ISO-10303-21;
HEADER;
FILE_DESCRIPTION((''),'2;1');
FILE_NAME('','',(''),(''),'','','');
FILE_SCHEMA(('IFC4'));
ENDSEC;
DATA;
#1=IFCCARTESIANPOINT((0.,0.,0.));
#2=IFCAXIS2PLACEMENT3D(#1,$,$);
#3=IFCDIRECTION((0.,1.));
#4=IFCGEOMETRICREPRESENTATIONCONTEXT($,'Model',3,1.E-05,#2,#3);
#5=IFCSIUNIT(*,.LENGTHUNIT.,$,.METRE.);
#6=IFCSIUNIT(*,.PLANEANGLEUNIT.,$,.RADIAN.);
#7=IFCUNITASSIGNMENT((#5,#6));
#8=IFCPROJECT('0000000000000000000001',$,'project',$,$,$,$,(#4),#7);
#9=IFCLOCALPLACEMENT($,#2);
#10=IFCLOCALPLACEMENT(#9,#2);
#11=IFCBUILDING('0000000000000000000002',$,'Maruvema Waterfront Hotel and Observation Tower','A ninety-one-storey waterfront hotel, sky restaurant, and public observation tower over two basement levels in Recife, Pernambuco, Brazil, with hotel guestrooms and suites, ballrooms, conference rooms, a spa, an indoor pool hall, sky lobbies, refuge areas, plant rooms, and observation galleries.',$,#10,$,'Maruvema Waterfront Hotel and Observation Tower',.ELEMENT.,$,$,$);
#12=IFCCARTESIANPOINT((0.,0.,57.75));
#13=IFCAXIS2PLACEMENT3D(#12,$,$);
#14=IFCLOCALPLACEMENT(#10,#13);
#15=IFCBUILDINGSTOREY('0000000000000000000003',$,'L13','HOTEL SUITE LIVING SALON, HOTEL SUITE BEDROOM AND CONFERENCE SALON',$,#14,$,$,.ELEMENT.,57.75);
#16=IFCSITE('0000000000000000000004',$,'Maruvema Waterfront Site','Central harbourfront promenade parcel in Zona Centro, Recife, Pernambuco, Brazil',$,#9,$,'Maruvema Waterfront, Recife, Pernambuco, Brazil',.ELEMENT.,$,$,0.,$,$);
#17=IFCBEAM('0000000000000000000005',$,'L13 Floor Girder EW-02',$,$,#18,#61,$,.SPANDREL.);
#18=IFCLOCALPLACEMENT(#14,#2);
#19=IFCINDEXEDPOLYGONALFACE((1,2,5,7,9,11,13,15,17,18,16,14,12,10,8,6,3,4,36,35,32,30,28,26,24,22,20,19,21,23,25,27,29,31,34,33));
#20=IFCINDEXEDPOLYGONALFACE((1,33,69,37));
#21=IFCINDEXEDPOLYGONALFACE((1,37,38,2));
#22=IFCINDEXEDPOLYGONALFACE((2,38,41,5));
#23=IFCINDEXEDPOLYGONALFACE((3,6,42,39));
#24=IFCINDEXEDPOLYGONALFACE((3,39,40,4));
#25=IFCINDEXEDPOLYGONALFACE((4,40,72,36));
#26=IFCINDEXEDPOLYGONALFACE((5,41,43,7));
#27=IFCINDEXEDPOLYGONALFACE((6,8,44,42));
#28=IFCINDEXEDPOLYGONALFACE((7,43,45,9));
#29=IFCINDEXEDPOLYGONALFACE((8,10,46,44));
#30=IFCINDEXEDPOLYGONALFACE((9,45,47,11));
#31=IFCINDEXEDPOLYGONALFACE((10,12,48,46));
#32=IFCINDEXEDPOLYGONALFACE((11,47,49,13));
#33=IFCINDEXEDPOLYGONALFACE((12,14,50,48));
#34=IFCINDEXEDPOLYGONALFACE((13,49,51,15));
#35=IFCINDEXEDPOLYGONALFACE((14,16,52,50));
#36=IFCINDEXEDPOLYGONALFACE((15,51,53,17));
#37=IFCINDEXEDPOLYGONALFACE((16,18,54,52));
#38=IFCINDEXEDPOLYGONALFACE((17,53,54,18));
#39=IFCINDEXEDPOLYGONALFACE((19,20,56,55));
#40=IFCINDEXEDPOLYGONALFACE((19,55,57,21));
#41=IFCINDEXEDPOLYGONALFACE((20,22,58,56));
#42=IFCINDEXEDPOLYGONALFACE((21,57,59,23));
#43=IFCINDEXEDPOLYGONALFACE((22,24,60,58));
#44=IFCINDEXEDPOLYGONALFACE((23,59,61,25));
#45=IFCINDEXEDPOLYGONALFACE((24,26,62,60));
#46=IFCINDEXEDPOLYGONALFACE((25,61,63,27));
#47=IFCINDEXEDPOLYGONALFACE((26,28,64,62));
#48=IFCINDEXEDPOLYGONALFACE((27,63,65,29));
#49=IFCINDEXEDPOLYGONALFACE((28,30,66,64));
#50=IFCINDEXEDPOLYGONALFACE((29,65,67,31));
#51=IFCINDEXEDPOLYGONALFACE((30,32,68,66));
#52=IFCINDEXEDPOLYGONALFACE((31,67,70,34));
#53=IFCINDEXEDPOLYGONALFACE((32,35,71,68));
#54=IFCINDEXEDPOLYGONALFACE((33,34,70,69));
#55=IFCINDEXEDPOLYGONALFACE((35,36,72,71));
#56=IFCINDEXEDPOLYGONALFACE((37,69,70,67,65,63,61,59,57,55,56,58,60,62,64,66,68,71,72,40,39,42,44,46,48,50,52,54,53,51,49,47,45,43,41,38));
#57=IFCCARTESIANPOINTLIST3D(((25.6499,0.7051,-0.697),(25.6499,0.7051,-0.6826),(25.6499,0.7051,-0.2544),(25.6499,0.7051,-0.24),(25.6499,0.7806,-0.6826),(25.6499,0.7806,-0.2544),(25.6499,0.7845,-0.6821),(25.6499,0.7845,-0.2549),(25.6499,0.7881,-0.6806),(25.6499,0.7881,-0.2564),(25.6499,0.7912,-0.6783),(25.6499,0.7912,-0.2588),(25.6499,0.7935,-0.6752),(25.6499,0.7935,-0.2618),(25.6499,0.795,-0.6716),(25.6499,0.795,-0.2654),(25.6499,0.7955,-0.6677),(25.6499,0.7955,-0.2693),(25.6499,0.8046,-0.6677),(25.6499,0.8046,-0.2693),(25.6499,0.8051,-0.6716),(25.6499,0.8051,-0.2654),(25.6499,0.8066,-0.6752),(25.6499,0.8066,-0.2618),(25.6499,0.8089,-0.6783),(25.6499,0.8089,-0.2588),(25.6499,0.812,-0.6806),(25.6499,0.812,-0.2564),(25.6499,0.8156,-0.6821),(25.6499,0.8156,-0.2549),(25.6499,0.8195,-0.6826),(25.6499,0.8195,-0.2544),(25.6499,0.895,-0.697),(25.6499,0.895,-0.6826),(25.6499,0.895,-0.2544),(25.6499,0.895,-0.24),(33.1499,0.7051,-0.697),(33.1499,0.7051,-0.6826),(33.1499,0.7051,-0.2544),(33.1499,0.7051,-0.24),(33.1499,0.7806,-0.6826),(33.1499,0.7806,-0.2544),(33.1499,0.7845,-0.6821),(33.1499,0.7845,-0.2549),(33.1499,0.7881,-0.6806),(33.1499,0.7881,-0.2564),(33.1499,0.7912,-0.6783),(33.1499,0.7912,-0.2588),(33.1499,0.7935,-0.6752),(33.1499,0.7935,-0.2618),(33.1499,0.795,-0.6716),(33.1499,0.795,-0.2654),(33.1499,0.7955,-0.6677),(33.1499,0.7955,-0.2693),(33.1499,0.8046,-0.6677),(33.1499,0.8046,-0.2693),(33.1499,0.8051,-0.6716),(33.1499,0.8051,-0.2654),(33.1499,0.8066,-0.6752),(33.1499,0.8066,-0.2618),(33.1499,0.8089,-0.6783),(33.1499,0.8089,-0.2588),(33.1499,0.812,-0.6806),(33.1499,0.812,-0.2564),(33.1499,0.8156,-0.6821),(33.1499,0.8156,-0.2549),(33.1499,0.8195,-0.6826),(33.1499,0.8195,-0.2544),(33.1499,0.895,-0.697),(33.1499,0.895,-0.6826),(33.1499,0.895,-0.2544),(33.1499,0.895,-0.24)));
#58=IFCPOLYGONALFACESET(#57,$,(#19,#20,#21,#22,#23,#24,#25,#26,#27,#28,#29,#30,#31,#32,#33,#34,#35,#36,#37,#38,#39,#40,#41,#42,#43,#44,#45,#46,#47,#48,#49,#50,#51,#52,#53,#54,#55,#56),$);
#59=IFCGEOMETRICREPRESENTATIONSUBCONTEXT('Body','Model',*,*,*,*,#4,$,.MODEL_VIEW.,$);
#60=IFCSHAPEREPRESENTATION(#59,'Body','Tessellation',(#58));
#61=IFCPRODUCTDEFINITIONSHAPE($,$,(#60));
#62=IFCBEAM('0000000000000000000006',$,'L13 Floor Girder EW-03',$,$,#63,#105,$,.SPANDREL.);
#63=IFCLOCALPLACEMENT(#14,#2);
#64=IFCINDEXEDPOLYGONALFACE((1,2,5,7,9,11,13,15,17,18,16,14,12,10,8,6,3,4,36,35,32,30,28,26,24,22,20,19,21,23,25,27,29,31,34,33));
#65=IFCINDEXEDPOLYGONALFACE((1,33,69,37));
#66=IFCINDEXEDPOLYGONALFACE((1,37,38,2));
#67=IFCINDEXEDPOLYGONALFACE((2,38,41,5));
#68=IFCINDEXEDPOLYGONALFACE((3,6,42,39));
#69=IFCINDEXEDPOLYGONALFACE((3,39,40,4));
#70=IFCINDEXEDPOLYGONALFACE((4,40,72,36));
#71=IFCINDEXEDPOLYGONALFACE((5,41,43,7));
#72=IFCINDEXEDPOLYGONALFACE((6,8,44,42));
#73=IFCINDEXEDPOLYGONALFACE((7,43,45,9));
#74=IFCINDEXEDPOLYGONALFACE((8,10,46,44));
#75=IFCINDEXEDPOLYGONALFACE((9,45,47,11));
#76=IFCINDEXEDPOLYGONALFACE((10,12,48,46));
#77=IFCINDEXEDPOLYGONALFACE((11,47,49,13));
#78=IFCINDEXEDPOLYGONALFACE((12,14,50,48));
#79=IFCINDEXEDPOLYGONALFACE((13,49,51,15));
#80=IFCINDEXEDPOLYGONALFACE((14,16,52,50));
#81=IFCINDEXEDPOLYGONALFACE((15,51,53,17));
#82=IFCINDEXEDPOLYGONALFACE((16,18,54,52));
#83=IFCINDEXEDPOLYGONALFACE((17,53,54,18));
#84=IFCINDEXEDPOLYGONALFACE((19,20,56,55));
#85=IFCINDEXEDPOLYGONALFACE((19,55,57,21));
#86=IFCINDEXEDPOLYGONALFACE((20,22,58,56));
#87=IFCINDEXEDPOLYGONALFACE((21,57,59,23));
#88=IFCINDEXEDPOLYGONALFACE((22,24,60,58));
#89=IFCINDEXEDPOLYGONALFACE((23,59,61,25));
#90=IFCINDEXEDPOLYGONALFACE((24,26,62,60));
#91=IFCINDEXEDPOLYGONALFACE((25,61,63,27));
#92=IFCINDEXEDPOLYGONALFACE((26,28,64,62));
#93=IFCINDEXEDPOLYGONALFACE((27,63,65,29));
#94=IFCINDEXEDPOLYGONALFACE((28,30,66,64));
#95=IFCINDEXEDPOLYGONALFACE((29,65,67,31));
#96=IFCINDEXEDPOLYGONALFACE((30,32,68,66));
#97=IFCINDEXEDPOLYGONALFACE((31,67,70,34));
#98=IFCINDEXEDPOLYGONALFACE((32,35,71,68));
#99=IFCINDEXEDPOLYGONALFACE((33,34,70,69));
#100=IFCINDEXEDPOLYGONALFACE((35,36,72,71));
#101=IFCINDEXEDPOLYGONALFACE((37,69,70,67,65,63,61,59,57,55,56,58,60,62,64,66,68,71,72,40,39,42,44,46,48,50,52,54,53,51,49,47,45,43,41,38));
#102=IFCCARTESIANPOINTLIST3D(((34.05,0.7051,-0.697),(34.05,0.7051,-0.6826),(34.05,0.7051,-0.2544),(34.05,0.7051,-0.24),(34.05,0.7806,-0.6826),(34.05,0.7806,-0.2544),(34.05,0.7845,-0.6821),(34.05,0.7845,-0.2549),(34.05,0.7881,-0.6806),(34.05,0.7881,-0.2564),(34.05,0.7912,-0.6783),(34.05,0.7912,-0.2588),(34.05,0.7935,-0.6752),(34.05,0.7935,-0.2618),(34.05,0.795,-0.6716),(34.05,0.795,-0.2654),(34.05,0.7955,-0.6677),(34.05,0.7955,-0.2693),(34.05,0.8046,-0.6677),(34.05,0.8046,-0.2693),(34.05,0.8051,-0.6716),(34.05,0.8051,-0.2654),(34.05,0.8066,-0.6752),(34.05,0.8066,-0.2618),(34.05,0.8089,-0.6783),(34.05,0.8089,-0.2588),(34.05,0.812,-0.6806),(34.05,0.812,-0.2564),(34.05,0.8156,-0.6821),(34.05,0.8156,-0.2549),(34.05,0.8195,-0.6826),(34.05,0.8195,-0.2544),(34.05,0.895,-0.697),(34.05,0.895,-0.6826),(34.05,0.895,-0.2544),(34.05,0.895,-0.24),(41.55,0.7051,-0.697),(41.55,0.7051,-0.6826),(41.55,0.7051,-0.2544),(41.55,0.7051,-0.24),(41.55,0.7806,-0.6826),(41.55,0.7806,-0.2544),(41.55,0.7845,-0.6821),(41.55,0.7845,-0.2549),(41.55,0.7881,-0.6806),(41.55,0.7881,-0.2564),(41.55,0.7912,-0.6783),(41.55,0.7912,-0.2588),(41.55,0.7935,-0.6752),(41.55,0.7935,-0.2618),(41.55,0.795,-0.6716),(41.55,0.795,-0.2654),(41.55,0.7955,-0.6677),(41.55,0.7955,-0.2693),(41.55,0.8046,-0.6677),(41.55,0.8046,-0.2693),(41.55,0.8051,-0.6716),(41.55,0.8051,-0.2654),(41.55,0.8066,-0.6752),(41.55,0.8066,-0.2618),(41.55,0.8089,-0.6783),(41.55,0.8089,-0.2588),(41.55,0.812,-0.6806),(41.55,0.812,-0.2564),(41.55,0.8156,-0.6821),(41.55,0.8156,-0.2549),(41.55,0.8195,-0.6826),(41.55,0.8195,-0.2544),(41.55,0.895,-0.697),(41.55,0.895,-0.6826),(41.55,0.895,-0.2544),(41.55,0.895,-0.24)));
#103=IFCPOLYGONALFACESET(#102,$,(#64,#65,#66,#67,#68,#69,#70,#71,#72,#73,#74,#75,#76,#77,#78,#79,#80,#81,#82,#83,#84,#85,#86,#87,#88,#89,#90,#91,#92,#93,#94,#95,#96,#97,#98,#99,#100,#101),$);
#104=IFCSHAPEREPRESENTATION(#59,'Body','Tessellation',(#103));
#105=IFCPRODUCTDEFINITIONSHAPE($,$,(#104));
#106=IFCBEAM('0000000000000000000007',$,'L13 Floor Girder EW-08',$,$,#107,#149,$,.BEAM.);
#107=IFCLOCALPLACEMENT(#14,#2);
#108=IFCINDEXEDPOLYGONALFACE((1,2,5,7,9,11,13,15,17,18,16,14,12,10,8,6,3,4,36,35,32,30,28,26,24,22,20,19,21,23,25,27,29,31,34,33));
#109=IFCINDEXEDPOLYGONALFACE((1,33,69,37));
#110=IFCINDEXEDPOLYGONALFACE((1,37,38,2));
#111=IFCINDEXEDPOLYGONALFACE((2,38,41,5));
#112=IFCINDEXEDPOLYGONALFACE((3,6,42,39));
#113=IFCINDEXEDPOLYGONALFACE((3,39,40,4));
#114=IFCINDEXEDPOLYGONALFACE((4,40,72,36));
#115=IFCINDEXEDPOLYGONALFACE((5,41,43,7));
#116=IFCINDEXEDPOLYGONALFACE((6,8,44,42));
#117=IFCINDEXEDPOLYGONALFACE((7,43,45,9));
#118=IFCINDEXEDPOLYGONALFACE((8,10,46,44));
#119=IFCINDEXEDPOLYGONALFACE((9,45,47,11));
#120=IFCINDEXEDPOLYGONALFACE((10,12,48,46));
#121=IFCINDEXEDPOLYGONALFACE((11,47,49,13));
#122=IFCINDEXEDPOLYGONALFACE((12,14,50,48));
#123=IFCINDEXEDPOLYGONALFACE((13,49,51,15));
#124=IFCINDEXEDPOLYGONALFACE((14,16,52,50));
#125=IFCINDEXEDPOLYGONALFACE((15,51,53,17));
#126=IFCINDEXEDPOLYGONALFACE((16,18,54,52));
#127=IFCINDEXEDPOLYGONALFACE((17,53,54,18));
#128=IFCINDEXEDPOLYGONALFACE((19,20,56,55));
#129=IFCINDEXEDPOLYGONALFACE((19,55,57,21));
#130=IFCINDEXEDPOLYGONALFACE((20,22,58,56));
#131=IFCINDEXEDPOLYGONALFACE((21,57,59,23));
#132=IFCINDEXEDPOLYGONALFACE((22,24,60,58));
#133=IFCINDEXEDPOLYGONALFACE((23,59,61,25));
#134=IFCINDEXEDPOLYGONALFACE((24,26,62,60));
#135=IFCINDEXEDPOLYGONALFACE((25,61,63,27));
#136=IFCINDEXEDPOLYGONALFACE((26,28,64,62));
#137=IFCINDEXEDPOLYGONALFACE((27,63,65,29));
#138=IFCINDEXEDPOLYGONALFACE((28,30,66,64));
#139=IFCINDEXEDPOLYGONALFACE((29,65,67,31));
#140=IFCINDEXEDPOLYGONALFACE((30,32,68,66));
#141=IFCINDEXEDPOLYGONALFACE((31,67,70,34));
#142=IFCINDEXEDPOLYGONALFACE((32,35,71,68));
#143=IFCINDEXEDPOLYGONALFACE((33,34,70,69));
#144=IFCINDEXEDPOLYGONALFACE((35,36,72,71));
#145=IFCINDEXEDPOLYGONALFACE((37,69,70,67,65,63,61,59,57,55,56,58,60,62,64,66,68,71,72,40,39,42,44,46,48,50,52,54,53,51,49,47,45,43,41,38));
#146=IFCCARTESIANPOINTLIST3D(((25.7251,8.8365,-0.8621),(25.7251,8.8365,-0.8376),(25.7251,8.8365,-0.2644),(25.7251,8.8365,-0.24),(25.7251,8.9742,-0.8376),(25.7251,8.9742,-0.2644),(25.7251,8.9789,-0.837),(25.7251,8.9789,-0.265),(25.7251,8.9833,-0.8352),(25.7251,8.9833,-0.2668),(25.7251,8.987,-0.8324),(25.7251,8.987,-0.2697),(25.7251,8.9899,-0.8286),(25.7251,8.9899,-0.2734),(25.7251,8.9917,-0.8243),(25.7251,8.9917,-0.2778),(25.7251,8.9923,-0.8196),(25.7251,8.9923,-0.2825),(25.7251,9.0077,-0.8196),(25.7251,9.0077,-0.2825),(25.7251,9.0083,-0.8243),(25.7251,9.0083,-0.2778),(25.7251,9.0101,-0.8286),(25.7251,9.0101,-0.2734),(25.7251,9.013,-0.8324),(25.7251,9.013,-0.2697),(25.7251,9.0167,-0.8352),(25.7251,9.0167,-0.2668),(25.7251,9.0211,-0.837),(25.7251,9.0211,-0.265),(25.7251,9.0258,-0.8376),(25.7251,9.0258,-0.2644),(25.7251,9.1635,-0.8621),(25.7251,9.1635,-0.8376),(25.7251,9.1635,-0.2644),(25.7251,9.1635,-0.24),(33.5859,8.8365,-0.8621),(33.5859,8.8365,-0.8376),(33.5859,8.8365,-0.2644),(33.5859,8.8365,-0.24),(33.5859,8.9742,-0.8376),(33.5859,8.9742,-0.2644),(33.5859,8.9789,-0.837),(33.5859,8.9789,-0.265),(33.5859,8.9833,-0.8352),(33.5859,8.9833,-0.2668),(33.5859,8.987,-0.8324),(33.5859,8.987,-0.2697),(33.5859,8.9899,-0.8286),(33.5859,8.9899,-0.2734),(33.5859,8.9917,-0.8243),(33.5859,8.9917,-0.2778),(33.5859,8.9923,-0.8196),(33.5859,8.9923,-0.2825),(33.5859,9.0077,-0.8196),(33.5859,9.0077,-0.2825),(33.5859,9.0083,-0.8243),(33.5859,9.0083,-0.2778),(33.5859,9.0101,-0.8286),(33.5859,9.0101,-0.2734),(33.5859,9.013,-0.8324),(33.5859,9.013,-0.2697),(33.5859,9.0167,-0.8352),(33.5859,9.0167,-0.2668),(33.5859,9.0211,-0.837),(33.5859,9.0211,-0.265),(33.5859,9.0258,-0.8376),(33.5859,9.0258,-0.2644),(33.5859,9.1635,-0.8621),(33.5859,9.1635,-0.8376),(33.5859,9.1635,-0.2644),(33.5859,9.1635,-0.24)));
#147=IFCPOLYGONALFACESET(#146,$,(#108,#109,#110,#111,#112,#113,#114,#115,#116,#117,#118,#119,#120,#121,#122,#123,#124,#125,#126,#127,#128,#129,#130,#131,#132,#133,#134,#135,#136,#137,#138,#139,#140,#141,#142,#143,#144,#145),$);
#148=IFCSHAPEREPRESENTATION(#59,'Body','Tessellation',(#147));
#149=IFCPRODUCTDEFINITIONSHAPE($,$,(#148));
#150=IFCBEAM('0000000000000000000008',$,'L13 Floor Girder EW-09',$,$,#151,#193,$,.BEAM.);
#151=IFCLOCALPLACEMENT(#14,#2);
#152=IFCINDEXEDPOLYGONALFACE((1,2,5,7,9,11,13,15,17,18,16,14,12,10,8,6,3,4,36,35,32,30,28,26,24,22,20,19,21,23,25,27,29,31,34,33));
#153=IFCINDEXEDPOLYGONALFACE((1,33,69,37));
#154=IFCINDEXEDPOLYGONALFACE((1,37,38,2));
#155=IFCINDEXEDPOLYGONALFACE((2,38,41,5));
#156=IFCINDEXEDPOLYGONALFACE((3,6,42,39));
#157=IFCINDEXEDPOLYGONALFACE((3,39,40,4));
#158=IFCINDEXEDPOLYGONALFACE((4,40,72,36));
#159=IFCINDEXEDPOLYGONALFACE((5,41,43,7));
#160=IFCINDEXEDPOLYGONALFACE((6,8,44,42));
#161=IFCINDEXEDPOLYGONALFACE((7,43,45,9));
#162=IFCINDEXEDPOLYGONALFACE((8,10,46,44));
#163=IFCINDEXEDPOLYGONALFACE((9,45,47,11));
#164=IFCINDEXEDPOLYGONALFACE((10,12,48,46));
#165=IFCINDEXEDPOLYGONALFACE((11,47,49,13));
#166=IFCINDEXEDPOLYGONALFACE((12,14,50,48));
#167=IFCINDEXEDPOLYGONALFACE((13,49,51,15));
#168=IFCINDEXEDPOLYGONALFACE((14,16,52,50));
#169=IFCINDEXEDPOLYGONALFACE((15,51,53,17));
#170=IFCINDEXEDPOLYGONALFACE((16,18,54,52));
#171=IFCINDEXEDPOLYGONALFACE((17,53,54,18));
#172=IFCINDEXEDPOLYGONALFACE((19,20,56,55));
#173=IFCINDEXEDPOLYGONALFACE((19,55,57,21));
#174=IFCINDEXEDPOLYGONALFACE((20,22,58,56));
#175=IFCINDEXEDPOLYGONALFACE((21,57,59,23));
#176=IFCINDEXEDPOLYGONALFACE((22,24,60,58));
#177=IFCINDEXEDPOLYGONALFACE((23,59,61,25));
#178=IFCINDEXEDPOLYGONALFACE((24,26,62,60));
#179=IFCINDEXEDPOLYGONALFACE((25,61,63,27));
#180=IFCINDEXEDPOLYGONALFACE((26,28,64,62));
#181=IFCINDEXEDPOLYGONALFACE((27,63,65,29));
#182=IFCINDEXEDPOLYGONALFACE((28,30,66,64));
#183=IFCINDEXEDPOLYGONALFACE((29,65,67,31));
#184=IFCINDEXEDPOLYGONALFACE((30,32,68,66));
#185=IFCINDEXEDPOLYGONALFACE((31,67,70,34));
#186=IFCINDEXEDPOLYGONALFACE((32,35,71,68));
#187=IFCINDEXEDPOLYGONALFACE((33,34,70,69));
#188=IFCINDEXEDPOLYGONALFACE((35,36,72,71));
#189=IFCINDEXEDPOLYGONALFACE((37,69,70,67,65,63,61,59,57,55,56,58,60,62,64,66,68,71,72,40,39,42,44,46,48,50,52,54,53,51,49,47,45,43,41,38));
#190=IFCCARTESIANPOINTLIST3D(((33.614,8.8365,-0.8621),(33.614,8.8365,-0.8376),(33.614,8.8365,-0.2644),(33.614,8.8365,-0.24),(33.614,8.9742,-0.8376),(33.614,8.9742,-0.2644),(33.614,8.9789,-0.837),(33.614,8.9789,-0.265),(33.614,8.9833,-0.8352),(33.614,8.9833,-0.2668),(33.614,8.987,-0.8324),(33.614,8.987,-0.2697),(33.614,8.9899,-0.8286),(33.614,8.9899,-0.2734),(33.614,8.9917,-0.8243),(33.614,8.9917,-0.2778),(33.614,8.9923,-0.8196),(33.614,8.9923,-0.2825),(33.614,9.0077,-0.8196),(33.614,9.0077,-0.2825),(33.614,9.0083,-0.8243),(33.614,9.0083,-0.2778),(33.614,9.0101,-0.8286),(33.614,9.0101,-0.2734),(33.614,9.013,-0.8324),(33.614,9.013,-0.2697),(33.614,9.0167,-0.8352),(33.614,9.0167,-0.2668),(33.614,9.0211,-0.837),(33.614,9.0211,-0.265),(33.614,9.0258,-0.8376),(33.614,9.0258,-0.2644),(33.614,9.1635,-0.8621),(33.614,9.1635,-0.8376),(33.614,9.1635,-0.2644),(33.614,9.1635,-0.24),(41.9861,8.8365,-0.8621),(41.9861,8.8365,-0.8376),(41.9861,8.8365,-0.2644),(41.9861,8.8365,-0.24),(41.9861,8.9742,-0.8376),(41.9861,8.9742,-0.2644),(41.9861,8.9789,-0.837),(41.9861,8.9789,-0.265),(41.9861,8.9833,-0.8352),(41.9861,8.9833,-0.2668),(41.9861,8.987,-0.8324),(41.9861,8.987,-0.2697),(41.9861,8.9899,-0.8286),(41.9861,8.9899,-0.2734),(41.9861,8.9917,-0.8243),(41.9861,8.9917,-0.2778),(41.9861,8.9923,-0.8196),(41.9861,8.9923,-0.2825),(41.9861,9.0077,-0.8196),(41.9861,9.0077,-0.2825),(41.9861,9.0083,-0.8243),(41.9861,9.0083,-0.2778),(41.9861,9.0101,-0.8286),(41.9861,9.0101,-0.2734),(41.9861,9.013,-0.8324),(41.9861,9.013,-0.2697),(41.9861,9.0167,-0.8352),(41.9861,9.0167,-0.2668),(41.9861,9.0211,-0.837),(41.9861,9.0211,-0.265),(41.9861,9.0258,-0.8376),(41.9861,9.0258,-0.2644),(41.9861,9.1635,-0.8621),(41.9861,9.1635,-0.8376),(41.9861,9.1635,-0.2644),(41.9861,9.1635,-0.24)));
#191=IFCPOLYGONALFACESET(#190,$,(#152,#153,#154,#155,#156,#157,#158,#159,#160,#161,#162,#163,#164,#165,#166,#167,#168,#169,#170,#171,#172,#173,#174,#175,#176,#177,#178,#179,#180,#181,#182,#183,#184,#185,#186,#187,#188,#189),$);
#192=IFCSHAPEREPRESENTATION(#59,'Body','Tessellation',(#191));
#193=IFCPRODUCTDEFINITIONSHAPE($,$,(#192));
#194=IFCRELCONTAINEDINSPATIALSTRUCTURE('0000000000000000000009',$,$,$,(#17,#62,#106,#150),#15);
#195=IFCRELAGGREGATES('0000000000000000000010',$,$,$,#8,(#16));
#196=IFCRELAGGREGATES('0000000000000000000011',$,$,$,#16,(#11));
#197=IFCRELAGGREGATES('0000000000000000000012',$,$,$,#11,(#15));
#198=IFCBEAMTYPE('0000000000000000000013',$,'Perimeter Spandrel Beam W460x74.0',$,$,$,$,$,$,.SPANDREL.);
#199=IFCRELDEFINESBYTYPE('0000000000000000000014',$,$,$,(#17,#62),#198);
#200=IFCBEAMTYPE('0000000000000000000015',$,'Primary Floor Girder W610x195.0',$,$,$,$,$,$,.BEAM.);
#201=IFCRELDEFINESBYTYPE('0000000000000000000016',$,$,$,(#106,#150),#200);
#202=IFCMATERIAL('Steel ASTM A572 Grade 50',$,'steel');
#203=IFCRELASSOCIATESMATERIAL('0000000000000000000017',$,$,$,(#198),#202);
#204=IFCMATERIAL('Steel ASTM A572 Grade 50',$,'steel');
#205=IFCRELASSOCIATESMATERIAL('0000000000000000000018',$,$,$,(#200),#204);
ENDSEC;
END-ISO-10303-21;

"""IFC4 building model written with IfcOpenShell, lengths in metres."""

from ifc_helpers import new_model, si_unit, direction, frame, origin, origin_2d, place, context, subcontext, project, spatial, i_section, extrude, material, material_profile, profile_set, type_object, element, save


model = new_model("IFC4")

# Units and contexts
model_context = context("Model", 3, precision=1e-05, world=origin(), true_north=direction((0.0, 1.0)))
body_context = subcontext(model_context, "Body", "Model", "MODEL_VIEW")
ifc_project = project(units=[si_unit("LENGTHUNIT", "METRE"), si_unit("PLANEANGLEUNIT", "RADIAN")], contexts=[model_context])

# Site, building, storey
site_placement = place(None, origin())
site = spatial("IfcSite", under=ifc_project, at=site_placement, Name="Maruvema Waterfront Site", Description="Central harbourfront promenade parcel in Zona Centro, Recife, Pernambuco, Brazil", LongName="Maruvema Waterfront, Recife, Pernambuco, Brazil", CompositionType="ELEMENT", RefElevation=0.0)
building_placement = place(site_placement, origin())
building = spatial("IfcBuilding", under=site, at=building_placement, Name="Maruvema Waterfront Hotel and Observation Tower", Description="A ninety-one-storey waterfront hotel, sky restaurant, and public observation tower over two basement levels in Recife, Pernambuco, Brazil, with hotel guestrooms and suites, ballrooms, conference rooms, a spa, an indoor pool hall, sky lobbies, refuge areas, plant rooms, and observation galleries.", LongName="Maruvema Waterfront Hotel and Observation Tower", CompositionType="ELEMENT")
storey_placement = place(building_placement, frame((0.0, 0.0, 57.75)))
storey = spatial("IfcBuildingStorey", under=building, at=storey_placement, Name="L13", Description="HOTEL SUITE LIVING SALON, HOTEL SUITE BEDROOM AND CONFERENCE SALON", CompositionType="ELEMENT", Elevation=57.75)

# Beams
ifc_material_1 = material(Name="Steel ASTM A572 Grade 50", Category="steel")
ifc_material_profile_1 = material_profile(ifc_material_1, i_section(OverallWidth=0.1899, OverallDepth=0.457, WebThickness=0.009, FlangeThickness=0.0144, FilletRadius=0.0149, at=origin_2d()), Name="W460x74.0")
ifc_profile_set_1 = profile_set([ifc_material_profile_1], Name="Steel ASTM A572 Grade 50")
beam_type_1 = type_object("IfcBeamType", Name="Perimeter Spandrel Beam W460x74.0", PredefinedType="SPANDREL", material=ifc_profile_set_1)
for number, where, z_axis, x_axis, name in (
    (1, (25.6499, 0.8, -0.4685), (1.0, 0.0, 0.0), (0.0, 1.0, 0.0), "L13 Floor Girder EW-02"),
    (2, (34.05, 0.8, -0.4685), (1.0, 0.0, 0.0), (0.0, 1.0, 0.0), "L13 Floor Girder EW-03"),
):
    element("IfcBeam", number, at=place(storey_placement, frame(where, z_axis=z_axis, x_axis=x_axis)), inside=storey, type_object=beam_type_1, Name=name, PredefinedType="SPANDREL", context=body_context, shape_type="SweptSolid", body=[
        extrude(i_section(OverallWidth=0.1899, OverallDepth=0.457, WebThickness=0.009, FlangeThickness=0.0144, FilletRadius=0.0149, at=origin_2d()), origin(), (0.0, 0.0, 1.0), 7.5),
    ])
ifc_material_2 = material(Name="Steel ASTM A572 Grade 50", Category="steel")
ifc_material_profile_2 = material_profile(ifc_material_2, i_section(OverallWidth=0.3269, OverallDepth=0.6221, WebThickness=0.0154, FlangeThickness=0.0244, FilletRadius=0.0181, at=origin_2d()), Name="W610x195.0")
ifc_profile_set_2 = profile_set([ifc_material_profile_2], Name="Steel ASTM A572 Grade 50")
beam_type_2 = type_object("IfcBeamType", Name="Primary Floor Girder W610x195.0", PredefinedType="BEAM", material=ifc_profile_set_2)
beam_1_placement = place(storey_placement, frame((25.7251, 9.0, -0.551), z_axis=(1.0, 0.0, 0.0), x_axis=(0.0, 1.0, 0.0)))
element("IfcBeam", 3, at=beam_1_placement, inside=storey, type_object=beam_type_2, Name="L13 Floor Girder EW-08", PredefinedType="BEAM", context=body_context, shape_type="SweptSolid", body=[
    extrude(i_section(OverallWidth=0.3269, OverallDepth=0.6221, WebThickness=0.0154, FlangeThickness=0.0244, FilletRadius=0.0181, at=origin_2d()), origin(), (0.0, 0.0, 1.0), 7.8608),
])
beam_2_placement = place(storey_placement, frame((33.614, 9.0, -0.551), z_axis=(1.0, 0.0, 0.0), x_axis=(0.0, 1.0, 0.0)))
element("IfcBeam", 4, at=beam_2_placement, inside=storey, type_object=beam_type_2, Name="L13 Floor Girder EW-09", PredefinedType="BEAM", context=body_context, shape_type="SweptSolid", body=[
    extrude(i_section(OverallWidth=0.3269, OverallDepth=0.6221, WebThickness=0.0154, FlangeThickness=0.0244, FilletRadius=0.0181, at=origin_2d()), origin(), (0.0, 0.0, 1.0), 8.3721),
])

save(model, "model.ifc")
